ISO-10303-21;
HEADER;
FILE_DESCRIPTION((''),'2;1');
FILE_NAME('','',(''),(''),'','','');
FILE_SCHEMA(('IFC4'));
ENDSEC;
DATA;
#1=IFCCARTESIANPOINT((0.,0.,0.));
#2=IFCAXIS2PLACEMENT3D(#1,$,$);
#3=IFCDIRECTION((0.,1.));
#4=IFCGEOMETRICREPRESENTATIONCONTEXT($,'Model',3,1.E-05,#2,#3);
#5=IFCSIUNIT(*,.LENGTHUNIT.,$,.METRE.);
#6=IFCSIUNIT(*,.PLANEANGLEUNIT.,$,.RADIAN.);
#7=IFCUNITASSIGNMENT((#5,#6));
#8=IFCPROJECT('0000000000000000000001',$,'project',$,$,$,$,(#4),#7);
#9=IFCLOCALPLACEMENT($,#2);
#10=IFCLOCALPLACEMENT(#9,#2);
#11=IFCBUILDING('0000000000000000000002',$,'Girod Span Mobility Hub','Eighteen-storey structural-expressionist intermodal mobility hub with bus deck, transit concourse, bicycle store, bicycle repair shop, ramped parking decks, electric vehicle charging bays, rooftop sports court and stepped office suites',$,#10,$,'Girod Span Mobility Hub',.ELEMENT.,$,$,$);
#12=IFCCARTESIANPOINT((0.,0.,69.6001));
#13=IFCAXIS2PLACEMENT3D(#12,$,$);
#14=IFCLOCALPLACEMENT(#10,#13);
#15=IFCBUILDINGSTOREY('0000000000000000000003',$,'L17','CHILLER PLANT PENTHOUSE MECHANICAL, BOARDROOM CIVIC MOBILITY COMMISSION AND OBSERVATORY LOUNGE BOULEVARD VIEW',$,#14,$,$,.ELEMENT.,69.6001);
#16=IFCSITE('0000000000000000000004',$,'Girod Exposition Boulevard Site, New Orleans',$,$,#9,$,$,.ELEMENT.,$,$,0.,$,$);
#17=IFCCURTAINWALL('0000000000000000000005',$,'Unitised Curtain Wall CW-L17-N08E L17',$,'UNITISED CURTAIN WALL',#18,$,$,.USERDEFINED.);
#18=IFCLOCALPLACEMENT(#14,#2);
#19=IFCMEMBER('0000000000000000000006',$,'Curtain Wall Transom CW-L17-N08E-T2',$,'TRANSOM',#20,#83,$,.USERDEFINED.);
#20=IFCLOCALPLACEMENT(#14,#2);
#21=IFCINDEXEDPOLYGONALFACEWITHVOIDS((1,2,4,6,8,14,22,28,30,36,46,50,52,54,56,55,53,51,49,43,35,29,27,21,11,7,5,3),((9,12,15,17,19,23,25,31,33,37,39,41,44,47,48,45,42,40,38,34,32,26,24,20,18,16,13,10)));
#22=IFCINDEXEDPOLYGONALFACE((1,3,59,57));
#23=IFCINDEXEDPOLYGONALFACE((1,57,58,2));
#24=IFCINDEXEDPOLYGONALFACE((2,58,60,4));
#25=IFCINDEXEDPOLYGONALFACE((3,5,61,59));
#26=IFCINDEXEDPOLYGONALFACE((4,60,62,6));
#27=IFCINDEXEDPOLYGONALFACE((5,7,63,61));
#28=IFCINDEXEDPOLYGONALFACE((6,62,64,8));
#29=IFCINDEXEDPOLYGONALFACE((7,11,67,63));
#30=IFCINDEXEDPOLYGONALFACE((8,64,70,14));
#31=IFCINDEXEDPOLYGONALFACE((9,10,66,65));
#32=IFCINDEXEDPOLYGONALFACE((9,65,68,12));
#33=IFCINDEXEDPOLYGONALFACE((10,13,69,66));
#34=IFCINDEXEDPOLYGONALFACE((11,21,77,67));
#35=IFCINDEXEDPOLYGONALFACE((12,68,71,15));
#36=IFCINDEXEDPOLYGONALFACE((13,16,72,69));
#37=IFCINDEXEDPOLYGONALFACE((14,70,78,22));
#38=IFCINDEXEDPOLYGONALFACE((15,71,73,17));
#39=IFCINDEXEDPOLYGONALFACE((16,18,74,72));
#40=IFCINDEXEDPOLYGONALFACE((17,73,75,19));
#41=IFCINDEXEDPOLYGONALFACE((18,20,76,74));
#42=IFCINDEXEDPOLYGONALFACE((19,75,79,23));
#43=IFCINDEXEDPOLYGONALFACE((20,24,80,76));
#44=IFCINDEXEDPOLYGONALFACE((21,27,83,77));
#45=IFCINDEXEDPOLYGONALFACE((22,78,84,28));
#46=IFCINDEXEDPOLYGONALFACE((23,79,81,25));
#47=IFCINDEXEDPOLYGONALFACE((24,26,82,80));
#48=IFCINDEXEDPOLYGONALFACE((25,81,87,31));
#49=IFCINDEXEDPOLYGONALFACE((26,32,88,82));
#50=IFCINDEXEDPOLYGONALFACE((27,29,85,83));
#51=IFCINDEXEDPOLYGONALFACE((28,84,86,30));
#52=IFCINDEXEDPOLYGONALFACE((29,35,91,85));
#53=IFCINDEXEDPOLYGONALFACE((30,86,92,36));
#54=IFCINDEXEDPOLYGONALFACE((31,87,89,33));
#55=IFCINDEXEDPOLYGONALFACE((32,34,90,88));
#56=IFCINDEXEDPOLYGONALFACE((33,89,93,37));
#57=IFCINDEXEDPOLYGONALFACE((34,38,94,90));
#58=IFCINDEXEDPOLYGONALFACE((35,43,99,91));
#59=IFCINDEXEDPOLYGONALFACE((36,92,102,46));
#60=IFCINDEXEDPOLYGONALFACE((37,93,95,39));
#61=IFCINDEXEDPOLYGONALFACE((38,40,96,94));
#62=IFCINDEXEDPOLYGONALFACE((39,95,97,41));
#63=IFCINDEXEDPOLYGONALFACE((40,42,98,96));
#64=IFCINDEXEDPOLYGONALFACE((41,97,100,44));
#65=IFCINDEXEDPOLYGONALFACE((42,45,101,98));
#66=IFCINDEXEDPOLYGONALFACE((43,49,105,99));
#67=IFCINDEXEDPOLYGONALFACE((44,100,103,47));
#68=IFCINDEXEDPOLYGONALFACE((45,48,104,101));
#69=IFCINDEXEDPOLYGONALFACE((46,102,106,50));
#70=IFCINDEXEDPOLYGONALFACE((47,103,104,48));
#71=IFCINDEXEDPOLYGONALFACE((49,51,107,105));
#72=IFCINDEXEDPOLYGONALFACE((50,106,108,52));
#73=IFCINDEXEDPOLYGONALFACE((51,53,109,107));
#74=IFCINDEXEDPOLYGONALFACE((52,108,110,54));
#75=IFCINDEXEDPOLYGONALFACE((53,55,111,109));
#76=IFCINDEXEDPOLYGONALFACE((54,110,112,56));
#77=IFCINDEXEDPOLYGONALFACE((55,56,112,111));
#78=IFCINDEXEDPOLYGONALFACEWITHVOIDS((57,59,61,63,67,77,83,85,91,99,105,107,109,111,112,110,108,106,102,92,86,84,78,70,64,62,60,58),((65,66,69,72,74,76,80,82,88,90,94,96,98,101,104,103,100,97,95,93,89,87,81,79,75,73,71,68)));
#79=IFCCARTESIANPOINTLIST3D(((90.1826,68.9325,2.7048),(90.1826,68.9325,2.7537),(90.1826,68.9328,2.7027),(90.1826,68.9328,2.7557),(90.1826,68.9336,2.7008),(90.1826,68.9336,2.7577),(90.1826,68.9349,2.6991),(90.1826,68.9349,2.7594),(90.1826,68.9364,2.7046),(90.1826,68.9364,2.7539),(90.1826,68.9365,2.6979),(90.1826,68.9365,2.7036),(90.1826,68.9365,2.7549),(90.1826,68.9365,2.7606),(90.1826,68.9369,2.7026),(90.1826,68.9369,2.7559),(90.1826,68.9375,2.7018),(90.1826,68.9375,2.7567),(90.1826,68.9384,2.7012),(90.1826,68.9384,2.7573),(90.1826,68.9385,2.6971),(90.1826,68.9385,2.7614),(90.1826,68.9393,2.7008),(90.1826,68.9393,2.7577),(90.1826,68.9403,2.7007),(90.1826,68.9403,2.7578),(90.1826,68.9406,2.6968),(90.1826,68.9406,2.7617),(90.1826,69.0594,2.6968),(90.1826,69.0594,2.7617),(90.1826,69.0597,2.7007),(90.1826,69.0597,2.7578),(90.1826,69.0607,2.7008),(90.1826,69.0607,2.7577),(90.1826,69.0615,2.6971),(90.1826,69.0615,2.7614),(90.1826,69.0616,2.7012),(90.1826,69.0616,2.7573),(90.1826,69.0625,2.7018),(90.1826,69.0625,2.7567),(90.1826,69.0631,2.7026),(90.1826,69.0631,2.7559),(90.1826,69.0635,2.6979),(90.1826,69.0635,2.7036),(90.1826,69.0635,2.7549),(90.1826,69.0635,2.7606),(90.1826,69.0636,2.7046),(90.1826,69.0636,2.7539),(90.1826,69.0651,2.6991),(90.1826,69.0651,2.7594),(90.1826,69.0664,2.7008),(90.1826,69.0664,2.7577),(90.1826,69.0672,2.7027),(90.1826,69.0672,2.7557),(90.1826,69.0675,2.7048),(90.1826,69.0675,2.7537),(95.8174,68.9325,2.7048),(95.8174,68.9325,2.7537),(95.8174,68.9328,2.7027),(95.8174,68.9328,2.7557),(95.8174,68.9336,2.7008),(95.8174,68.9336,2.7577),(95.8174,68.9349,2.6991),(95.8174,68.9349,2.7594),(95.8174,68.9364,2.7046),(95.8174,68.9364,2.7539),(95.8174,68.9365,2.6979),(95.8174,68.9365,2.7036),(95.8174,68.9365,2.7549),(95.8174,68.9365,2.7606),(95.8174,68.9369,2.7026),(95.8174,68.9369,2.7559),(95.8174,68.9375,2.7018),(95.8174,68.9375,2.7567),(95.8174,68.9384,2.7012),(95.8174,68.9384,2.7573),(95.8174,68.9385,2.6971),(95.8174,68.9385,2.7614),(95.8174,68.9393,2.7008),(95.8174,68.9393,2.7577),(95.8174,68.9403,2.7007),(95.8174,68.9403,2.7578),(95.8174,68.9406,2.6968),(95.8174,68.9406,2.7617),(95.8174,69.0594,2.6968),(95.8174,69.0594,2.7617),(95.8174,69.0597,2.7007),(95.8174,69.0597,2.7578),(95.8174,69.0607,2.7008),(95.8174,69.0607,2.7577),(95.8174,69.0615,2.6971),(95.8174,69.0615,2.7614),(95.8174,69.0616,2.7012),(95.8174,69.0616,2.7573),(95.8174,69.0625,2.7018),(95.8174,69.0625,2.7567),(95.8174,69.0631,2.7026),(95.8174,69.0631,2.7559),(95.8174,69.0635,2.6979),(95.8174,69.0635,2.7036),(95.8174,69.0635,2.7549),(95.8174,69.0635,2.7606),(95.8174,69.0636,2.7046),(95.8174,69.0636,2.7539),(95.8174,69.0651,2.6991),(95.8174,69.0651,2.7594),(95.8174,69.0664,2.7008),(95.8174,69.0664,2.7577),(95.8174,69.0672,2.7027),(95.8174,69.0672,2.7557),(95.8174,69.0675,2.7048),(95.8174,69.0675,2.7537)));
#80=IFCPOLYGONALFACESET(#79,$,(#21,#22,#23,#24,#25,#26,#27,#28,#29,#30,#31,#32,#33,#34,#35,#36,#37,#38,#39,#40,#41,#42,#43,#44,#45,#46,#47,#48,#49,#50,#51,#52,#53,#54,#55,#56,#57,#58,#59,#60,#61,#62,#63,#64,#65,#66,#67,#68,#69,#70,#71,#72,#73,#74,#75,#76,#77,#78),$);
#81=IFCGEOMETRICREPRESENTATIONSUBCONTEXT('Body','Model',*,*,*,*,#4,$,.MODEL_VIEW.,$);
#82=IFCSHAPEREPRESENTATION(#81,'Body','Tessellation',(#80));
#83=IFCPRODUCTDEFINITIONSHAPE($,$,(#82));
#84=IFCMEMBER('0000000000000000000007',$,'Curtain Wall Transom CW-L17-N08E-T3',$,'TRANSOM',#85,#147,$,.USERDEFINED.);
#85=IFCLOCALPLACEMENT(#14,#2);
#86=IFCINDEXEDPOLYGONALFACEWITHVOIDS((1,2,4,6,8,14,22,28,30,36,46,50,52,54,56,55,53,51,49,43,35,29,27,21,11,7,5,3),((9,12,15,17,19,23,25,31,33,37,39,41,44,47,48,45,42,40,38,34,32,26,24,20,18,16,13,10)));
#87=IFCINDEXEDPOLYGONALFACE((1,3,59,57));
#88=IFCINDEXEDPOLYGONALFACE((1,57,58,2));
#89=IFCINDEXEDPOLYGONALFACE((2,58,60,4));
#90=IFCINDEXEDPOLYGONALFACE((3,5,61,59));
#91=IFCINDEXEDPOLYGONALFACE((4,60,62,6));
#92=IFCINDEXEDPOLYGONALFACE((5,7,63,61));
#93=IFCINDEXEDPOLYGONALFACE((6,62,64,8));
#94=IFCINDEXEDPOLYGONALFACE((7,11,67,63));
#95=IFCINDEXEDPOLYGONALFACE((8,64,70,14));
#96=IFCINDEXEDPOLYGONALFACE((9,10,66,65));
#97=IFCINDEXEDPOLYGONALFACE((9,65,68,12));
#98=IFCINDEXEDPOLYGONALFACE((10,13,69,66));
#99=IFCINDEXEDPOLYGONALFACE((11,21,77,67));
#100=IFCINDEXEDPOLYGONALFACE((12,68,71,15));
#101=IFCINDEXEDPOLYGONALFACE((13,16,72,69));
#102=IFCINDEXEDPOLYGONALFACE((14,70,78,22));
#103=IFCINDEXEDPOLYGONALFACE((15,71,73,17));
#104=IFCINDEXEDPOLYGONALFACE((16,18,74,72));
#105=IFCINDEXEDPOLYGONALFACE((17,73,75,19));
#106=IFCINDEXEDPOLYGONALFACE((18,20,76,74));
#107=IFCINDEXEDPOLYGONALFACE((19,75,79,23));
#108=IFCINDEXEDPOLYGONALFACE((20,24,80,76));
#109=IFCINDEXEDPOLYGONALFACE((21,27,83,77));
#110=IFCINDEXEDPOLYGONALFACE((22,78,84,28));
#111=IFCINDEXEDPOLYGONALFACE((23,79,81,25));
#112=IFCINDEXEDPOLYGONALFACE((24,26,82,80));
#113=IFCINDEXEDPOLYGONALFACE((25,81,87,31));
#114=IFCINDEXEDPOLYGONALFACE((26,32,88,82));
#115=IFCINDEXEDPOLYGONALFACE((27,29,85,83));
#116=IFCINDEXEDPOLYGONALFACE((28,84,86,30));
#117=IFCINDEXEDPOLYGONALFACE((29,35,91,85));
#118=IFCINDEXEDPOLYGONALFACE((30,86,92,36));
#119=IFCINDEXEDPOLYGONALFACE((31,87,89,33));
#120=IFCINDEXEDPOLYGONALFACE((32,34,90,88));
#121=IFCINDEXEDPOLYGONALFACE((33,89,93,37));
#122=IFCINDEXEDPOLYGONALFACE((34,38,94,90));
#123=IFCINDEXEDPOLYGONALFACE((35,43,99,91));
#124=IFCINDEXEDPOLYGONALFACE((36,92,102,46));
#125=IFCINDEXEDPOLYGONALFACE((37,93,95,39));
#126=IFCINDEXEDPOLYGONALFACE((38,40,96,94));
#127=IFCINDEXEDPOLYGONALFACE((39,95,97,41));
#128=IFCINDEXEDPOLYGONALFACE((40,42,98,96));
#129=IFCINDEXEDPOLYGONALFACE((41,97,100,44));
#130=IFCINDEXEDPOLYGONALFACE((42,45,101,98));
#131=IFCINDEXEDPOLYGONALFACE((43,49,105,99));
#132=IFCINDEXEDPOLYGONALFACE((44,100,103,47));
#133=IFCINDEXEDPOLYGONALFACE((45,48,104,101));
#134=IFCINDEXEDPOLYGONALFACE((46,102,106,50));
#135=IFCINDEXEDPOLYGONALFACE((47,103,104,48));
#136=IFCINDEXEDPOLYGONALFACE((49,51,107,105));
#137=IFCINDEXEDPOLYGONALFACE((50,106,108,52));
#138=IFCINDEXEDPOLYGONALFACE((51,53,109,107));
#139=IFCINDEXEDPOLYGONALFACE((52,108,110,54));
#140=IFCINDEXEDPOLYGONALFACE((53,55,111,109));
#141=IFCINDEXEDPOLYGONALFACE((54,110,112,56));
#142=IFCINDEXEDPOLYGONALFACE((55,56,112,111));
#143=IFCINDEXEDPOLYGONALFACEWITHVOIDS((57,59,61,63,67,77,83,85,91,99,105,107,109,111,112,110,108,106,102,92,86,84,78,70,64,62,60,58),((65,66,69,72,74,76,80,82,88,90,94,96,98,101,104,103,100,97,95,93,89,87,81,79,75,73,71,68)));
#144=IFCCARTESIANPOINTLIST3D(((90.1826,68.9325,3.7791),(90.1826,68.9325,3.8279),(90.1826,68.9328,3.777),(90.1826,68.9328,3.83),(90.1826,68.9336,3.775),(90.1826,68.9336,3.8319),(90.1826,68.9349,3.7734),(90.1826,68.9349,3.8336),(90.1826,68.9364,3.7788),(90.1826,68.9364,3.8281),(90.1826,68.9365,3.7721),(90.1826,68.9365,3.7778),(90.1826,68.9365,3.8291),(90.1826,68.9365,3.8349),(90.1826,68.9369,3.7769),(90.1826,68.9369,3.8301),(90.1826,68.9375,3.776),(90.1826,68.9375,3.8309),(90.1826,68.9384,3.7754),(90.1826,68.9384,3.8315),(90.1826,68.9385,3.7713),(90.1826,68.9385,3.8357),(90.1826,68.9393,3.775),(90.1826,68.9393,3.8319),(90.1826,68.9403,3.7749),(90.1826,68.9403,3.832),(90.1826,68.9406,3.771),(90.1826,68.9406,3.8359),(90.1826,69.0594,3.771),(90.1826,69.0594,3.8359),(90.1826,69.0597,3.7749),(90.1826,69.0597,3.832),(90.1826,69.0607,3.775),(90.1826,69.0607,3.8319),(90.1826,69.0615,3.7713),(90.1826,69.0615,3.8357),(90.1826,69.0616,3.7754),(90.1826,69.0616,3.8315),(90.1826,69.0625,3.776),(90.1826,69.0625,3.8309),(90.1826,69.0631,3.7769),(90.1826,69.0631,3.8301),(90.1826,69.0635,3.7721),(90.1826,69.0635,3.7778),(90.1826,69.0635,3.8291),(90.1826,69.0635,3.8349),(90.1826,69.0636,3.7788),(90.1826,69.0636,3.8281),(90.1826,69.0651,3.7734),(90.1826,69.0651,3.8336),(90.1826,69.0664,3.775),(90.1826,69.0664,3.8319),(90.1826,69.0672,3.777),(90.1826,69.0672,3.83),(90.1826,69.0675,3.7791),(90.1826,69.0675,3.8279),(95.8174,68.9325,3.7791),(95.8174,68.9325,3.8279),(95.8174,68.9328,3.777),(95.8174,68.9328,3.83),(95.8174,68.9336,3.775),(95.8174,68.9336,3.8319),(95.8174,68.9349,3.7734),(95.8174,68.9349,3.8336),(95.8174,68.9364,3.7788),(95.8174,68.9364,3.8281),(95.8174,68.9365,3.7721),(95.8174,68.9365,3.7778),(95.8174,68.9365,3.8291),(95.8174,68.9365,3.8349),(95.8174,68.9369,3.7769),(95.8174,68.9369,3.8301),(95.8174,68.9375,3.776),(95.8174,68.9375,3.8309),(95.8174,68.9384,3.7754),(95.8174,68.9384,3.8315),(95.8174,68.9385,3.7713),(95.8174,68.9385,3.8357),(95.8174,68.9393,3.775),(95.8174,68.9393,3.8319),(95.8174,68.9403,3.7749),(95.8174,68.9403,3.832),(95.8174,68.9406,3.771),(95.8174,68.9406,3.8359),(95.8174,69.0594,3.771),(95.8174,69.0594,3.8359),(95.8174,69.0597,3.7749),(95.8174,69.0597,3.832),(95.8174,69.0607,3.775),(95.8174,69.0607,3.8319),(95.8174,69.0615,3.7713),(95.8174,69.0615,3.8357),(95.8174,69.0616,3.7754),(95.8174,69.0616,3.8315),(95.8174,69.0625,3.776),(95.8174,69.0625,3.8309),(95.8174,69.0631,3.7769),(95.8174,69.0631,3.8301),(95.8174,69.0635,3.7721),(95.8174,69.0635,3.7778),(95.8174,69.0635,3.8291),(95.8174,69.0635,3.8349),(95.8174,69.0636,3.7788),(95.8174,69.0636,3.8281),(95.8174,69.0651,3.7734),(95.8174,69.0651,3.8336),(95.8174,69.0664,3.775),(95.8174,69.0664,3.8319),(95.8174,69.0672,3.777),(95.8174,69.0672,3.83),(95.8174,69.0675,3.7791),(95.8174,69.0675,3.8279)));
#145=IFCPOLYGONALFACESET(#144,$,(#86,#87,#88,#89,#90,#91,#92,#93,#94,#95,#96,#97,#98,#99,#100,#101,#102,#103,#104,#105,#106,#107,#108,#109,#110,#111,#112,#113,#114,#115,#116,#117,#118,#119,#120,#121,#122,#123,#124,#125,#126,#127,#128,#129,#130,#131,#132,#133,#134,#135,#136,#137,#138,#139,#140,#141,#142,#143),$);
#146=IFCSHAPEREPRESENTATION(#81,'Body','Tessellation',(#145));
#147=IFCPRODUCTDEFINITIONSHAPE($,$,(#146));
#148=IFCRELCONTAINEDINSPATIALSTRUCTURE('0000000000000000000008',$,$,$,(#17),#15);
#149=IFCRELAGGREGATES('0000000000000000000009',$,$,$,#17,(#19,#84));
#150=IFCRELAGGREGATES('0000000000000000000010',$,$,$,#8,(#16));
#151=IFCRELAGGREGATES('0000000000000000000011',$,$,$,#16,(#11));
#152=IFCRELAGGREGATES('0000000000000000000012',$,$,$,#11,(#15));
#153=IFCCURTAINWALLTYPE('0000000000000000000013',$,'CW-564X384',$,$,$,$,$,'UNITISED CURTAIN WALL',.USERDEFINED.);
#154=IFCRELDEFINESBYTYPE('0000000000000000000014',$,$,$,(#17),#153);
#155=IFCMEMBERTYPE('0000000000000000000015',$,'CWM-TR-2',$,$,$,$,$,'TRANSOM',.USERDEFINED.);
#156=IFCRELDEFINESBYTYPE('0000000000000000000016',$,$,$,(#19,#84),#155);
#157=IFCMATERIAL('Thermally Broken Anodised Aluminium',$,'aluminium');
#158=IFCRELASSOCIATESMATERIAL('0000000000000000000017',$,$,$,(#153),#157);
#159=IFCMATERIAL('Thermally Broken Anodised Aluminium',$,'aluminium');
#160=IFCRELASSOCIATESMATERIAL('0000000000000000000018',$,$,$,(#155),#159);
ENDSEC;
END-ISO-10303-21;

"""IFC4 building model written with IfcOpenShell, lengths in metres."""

from ifc_helpers import new_model, si_unit, direction, frame, origin, origin_2d, place, context, subcontext, project, spatial, hollow_rectangle, extrude, material, material_profile, profile_set, type_object, element, aggregate, save


model = new_model("IFC4")

# Units and contexts
model_context = context("Model", 3, precision=1e-05, world=origin(), true_north=direction((0.0, 1.0)))
body_context = subcontext(model_context, "Body", "Model", "MODEL_VIEW")
ifc_project = project(units=[si_unit("LENGTHUNIT", "METRE"), si_unit("PLANEANGLEUNIT", "RADIAN")], contexts=[model_context])

# Site, building, storey
site_placement = place(None, origin())
site = spatial("IfcSite", under=ifc_project, at=site_placement, Name="Girod Exposition Boulevard Site, New Orleans", CompositionType="ELEMENT", RefElevation=0.0)
building_placement = place(site_placement, origin())
building = spatial("IfcBuilding", under=site, at=building_placement, Name="Girod Span Mobility Hub", Description="Eighteen-storey structural-expressionist intermodal mobility hub with bus deck, transit concourse, bicycle store, bicycle repair shop, ramped parking decks, electric vehicle charging bays, rooftop sports court and stepped office suites", LongName="Girod Span Mobility Hub", CompositionType="ELEMENT")
storey_placement = place(building_placement, frame((0.0, 0.0, 69.6001)))
storey = spatial("IfcBuildingStorey", under=building, at=storey_placement, Name="L17", Description="CHILLER PLANT PENTHOUSE MECHANICAL, BOARDROOM CIVIC MOBILITY COMMISSION AND OBSERVATORY LOUNGE BOULEVARD VIEW", CompositionType="ELEMENT", Elevation=69.6001)

# Shared definitions
ifc_material_1 = material(Name="Thermally Broken Anodised Aluminium", Category="aluminium")
curtain_wall_type = type_object("IfcCurtainWallType", Name="CW-564X384", ElementType="UNITISED CURTAIN WALL", PredefinedType="USERDEFINED", material=ifc_material_1)

# Curtain wall
curtain_wall_1_placement = place(storey_placement, origin())
curtain_wall_1 = element("IfcCurtainWall", 1, at=curtain_wall_1_placement, inside=storey, type_object=curtain_wall_type, Name="Unitised Curtain Wall CW-L17-N08E L17", ObjectType="UNITISED CURTAIN WALL", PredefinedType="USERDEFINED")

# Members
ifc_material_2 = material(Name="Thermally Broken Anodised Aluminium", Category="aluminium")
ifc_material_profile_1 = material_profile(ifc_material_2, hollow_rectangle(XDim=0.135, YDim=0.0649, WallThickness=0.0039, InnerFilletRadius=0.0039, OuterFilletRadius=0.0081, at=origin_2d()), Name="CW-TR-65X135")
ifc_profile_set_1 = profile_set([ifc_material_profile_1], Name="Thermally Broken Anodised Aluminium")
member_type_1 = type_object("IfcMemberType", Name="CWM-TR-2", ElementType="TRANSOM", PredefinedType="USERDEFINED", material=ifc_profile_set_1)
member_1_placement = place(storey_placement, frame((90.1826, 69.0, 2.7292), z_axis=(1.0, 0.0, 0.0), x_axis=(0.0, 1.0, 0.0)))
member_1 = element("IfcMember", 2, at=member_1_placement, type_object=member_type_1, Name="Curtain Wall Transom CW-L17-N08E-T2", ObjectType="TRANSOM", PredefinedType="USERDEFINED", context=body_context, shape_type="SweptSolid", body=[
    extrude(hollow_rectangle(XDim=0.135, YDim=0.0649, WallThickness=0.0039, InnerFilletRadius=0.0039, OuterFilletRadius=0.0081, at=origin_2d()), origin(), (0.0, 0.0, 1.0), 5.6348),
])
member_2_placement = place(storey_placement, frame((90.1826, 69.0, 3.8035), z_axis=(1.0, 0.0, 0.0), x_axis=(0.0, 1.0, 0.0)))
member_2 = element("IfcMember", 3, at=member_2_placement, type_object=member_type_1, Name="Curtain Wall Transom CW-L17-N08E-T3", ObjectType="TRANSOM", PredefinedType="USERDEFINED", context=body_context, shape_type="SweptSolid", body=[
    extrude(hollow_rectangle(XDim=0.135, YDim=0.0649, WallThickness=0.0039, InnerFilletRadius=0.0039, OuterFilletRadius=0.0081, at=origin_2d()), origin(), (0.0, 0.0, 1.0), 5.6348),
])

aggregate(curtain_wall_1, [member_1, member_2])

save(model, "model.ifc")
